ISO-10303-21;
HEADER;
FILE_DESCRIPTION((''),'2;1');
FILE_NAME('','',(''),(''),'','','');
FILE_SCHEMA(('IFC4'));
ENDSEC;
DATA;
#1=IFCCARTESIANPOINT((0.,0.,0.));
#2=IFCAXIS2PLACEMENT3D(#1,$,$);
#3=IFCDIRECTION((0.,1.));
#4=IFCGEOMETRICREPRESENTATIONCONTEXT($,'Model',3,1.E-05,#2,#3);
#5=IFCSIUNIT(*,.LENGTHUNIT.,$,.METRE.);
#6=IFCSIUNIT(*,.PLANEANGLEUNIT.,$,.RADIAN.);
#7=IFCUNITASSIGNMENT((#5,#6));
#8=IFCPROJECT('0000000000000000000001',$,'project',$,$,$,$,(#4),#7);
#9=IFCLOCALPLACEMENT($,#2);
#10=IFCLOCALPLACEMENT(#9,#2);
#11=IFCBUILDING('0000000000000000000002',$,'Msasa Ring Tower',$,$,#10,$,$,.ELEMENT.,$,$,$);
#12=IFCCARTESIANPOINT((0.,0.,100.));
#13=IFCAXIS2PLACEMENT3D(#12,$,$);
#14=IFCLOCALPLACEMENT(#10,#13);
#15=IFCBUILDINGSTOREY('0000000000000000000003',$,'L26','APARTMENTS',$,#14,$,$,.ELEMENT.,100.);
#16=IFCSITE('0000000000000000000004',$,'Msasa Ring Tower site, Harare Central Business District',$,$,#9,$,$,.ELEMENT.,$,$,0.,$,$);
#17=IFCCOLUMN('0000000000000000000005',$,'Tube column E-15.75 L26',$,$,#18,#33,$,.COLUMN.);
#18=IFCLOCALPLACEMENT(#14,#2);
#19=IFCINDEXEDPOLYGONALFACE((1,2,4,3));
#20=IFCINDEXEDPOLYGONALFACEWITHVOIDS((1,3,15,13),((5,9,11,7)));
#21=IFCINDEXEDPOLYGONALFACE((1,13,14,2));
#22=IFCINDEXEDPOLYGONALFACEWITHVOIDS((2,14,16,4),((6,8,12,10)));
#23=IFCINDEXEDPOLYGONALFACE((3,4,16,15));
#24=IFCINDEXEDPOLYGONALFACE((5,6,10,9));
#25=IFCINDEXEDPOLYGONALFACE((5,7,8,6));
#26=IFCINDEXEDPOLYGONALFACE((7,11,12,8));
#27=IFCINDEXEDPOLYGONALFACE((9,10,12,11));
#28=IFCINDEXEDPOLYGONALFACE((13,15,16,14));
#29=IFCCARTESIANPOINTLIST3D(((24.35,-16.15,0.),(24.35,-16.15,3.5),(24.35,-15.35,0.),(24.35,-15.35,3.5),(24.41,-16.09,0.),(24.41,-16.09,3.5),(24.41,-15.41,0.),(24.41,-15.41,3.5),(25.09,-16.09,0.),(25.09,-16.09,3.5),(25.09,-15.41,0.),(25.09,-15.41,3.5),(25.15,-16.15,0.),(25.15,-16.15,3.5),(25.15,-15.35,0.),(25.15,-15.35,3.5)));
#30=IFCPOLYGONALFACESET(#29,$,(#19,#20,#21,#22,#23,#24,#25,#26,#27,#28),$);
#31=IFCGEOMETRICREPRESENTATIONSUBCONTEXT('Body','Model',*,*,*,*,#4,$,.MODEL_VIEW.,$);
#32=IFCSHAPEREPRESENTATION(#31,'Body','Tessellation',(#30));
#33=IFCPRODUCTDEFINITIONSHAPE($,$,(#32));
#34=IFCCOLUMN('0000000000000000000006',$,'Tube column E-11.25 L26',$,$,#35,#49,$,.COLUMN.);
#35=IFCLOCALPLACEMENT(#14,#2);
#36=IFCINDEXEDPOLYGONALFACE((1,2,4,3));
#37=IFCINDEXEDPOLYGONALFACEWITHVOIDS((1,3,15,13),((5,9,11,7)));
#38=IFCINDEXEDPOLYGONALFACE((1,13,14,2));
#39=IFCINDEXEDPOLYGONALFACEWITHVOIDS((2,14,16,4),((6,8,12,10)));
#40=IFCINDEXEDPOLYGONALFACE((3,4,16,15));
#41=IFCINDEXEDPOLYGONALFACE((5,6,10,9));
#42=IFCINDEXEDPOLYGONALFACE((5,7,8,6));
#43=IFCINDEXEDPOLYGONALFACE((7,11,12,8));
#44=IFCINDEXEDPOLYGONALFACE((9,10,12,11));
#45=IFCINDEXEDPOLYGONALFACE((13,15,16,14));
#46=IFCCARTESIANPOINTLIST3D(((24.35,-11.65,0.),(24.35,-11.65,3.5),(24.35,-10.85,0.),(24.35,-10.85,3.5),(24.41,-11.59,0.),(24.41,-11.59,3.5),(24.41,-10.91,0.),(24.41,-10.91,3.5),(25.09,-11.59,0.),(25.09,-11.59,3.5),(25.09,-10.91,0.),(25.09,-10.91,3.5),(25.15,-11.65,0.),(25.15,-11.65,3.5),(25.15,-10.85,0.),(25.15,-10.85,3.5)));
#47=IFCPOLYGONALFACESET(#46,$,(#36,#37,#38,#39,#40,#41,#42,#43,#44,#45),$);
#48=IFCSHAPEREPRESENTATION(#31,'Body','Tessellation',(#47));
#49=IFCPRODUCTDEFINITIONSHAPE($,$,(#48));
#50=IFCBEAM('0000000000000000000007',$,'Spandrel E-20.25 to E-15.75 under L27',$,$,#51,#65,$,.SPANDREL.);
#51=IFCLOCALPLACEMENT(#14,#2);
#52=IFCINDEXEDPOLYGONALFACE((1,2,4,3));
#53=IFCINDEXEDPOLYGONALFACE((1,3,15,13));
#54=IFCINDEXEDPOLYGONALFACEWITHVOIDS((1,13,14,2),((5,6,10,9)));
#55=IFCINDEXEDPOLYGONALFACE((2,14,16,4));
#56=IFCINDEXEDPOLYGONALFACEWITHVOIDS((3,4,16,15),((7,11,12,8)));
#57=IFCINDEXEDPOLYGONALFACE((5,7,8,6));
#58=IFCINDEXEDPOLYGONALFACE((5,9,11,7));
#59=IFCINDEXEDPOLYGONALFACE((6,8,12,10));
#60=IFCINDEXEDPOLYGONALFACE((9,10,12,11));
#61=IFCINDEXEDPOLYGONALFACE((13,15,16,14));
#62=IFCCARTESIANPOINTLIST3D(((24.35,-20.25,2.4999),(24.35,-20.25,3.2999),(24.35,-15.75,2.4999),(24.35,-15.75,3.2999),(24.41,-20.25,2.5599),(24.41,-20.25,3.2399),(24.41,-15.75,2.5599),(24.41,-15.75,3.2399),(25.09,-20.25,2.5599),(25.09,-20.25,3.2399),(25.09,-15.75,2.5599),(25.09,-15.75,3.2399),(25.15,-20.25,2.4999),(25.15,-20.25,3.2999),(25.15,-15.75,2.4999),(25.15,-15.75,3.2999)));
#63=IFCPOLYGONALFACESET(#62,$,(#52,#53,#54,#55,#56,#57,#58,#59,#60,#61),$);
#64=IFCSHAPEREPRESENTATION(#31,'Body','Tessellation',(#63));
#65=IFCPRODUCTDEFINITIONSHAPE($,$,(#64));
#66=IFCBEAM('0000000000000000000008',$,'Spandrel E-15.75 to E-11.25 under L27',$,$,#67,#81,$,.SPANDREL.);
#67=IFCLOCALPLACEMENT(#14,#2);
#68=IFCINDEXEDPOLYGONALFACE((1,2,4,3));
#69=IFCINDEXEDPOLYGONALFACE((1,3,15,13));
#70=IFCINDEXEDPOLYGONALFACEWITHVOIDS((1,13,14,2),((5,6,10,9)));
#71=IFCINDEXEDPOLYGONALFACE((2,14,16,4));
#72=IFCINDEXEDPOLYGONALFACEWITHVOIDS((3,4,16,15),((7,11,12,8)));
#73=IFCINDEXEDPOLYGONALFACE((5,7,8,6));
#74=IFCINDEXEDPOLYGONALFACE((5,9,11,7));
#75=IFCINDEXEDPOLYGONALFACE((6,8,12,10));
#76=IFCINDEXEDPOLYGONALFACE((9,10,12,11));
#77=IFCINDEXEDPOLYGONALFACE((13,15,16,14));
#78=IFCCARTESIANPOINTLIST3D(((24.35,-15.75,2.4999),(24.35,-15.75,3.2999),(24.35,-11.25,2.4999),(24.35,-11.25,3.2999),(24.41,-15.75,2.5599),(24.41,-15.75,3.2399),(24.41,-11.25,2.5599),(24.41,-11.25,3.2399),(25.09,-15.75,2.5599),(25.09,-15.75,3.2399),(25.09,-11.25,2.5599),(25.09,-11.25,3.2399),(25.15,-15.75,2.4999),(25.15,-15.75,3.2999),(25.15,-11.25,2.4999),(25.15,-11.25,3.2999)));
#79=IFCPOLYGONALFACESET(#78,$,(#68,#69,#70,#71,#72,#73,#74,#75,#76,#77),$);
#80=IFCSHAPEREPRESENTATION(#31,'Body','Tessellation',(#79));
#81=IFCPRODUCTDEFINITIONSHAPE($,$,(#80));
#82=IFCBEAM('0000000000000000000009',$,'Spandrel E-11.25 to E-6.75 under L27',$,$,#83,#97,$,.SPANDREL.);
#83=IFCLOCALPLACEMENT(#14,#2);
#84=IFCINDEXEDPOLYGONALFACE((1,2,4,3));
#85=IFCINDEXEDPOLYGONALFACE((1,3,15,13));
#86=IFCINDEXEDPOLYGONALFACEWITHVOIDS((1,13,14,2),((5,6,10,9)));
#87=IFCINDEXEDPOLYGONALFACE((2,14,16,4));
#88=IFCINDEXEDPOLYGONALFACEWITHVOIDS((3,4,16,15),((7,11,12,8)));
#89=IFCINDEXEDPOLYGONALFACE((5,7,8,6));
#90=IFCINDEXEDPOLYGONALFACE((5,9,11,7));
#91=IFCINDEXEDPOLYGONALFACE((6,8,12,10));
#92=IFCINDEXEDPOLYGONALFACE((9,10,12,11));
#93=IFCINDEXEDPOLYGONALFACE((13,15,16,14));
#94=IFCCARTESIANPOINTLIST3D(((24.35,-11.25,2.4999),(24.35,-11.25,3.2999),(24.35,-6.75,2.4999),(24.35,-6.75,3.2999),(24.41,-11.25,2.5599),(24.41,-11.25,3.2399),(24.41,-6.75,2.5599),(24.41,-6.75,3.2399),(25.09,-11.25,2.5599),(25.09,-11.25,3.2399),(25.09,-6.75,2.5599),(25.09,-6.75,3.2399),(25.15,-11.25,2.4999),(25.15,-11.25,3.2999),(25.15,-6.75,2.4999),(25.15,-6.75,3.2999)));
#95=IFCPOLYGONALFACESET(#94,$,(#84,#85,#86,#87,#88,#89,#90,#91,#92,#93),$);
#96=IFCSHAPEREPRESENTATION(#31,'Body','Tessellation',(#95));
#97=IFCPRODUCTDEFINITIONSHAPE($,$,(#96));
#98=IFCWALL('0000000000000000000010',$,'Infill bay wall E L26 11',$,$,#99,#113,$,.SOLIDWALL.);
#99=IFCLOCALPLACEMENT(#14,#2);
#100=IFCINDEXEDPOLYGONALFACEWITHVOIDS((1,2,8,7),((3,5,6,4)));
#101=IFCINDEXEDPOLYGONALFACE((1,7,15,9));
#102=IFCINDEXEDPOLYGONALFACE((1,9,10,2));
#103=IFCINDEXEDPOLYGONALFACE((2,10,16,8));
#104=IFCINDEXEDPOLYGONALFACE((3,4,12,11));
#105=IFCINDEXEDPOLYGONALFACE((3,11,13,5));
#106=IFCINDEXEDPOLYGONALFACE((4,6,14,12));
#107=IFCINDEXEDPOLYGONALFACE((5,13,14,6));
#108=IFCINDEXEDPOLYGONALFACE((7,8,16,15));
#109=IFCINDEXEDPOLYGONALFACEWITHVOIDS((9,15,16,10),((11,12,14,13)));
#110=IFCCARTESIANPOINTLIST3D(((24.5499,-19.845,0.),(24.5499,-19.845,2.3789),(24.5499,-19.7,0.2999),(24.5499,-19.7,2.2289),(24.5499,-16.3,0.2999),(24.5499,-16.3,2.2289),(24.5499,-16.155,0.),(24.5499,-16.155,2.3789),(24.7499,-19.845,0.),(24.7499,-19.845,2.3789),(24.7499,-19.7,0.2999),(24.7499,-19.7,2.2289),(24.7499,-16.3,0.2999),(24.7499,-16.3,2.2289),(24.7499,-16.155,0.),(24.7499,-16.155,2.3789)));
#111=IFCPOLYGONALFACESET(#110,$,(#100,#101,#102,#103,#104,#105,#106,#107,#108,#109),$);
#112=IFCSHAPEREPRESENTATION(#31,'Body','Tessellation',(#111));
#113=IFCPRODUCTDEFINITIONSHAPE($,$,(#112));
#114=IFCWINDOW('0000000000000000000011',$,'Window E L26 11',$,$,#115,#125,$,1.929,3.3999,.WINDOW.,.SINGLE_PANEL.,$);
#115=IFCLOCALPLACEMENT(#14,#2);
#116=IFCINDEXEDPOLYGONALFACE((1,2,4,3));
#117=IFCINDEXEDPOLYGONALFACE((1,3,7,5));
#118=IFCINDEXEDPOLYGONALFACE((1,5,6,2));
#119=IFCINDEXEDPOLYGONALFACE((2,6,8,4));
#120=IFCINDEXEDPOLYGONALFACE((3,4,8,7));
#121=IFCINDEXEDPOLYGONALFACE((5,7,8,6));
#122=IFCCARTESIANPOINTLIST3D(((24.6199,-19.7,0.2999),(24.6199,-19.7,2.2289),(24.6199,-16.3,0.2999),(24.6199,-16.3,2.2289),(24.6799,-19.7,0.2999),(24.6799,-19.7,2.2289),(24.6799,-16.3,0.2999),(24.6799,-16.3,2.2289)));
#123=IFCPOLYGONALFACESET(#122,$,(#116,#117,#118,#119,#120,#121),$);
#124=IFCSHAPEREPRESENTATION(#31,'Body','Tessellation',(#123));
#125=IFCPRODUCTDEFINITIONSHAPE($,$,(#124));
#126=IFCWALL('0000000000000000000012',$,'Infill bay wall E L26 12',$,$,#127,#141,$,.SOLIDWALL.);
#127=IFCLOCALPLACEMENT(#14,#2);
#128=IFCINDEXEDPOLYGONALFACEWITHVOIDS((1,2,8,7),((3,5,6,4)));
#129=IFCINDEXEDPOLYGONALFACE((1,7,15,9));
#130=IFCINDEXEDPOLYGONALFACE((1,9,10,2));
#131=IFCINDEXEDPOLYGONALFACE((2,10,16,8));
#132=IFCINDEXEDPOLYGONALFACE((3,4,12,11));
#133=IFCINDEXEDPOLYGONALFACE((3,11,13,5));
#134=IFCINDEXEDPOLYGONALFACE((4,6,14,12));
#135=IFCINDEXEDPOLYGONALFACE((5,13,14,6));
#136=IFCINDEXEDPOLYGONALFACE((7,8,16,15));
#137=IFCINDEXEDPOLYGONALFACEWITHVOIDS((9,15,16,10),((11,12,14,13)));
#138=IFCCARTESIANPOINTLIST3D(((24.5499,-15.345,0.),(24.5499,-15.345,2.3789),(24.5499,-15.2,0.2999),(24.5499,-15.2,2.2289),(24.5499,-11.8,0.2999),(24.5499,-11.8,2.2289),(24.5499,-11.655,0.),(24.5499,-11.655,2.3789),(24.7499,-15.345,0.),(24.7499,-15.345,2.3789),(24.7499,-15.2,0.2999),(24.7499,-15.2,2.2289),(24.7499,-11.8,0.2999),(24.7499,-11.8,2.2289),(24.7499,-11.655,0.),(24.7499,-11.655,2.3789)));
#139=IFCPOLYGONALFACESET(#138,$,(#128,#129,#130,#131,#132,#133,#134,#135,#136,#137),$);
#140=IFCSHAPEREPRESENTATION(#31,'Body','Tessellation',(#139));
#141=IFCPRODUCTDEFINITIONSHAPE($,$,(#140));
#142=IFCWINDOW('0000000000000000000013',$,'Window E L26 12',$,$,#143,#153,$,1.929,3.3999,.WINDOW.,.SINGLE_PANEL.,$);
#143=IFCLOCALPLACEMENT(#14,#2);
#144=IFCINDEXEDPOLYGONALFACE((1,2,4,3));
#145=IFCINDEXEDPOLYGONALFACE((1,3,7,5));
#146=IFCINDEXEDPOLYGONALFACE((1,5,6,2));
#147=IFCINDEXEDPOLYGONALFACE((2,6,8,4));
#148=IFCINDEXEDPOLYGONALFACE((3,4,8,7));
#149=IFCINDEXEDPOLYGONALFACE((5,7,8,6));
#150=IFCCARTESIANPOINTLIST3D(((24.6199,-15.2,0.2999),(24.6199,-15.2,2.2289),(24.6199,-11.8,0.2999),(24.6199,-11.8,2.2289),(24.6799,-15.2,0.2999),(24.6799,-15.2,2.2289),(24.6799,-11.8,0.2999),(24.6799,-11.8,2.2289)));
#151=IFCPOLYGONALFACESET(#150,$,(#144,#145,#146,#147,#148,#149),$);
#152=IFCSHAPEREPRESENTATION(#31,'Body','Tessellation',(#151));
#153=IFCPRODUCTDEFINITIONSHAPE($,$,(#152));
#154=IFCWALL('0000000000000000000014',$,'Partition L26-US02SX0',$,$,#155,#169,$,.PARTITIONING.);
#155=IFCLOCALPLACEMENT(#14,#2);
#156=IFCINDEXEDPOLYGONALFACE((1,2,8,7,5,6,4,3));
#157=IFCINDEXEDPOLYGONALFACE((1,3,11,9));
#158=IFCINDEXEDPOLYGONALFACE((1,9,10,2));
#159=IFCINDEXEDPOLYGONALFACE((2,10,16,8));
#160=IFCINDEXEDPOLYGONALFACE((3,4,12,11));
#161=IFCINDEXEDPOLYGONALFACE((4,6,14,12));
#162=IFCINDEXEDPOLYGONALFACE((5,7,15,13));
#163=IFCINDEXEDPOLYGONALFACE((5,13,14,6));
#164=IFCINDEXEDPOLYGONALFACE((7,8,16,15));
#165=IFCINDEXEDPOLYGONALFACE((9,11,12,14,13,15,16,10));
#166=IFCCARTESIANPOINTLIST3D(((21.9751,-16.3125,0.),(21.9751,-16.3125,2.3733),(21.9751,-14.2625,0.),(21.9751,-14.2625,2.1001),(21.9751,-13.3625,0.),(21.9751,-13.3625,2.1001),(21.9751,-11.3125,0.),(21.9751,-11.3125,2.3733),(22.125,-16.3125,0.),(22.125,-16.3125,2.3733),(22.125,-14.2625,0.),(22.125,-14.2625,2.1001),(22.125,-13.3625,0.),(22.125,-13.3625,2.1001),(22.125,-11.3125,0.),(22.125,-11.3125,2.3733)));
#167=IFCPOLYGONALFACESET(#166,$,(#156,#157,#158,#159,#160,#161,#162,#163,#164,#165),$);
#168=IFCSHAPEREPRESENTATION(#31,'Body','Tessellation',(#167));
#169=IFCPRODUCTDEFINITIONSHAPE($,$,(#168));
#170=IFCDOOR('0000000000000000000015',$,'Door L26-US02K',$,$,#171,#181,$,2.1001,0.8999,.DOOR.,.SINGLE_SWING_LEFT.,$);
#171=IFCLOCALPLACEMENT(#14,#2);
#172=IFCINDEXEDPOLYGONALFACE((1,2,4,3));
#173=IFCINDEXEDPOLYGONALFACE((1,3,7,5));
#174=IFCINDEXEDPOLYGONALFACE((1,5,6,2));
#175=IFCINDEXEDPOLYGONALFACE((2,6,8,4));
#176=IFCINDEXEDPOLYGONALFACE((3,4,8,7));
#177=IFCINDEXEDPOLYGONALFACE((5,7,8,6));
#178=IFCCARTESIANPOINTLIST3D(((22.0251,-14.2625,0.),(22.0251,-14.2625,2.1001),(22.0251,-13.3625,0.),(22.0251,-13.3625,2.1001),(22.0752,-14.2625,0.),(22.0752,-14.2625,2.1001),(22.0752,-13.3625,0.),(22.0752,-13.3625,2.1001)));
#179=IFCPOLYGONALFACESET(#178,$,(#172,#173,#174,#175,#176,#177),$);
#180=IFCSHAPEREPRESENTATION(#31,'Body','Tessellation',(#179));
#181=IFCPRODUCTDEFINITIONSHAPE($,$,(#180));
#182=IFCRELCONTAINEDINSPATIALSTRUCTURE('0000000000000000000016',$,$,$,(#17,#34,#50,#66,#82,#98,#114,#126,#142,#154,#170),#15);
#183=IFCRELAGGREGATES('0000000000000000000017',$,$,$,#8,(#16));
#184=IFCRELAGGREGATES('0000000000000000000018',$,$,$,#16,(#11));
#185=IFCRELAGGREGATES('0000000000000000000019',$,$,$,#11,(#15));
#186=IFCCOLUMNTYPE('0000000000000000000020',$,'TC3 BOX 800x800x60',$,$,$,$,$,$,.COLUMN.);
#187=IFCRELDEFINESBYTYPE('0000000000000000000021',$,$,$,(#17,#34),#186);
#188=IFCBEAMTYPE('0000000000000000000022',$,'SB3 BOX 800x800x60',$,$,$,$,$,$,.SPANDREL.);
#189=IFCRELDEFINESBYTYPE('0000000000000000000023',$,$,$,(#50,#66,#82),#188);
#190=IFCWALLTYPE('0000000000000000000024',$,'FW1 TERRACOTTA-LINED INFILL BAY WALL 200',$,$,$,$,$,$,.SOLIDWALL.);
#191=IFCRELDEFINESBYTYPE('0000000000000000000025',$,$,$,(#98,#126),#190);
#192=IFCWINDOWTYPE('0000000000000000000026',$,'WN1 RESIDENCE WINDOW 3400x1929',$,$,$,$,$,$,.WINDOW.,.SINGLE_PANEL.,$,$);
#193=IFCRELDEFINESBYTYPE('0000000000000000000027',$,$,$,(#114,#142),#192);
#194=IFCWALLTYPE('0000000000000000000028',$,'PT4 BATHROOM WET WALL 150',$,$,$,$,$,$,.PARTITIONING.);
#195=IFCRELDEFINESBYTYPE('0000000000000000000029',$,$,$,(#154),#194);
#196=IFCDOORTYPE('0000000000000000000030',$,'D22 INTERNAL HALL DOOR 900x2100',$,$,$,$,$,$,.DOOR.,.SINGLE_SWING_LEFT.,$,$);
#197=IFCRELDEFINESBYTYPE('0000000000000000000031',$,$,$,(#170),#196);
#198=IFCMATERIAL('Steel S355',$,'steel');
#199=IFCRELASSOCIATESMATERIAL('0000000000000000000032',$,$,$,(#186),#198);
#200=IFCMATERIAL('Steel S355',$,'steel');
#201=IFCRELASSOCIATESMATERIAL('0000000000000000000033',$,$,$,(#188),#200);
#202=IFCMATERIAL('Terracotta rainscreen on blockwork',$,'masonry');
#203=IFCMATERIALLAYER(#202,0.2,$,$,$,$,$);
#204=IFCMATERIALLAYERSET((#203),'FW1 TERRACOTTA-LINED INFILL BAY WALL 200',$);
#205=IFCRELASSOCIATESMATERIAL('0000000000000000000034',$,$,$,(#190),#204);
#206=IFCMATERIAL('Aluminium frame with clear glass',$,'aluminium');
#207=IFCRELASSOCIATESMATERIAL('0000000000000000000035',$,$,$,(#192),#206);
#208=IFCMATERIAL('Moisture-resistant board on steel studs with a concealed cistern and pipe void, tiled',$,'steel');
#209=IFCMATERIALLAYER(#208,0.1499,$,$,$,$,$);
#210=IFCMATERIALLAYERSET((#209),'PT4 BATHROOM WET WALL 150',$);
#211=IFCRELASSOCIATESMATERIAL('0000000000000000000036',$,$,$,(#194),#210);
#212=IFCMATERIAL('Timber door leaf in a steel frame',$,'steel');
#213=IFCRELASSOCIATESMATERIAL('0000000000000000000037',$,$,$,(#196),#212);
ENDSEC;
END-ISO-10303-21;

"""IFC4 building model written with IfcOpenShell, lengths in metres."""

from ifc_helpers import new_model, si_unit, direction, frame, frame_2d, origin, origin_2d, place, context, subcontext, project, spatial, rectangle, hollow_rectangle, extrude, material, layer, layer_set, material_profile, profile_set, type_object, element, fill, save


model = new_model("IFC4")

# Units and contexts
model_context = context("Model", 3, precision=1e-05, world=origin(), true_north=direction((0.0, 1.0)))
body_context = subcontext(model_context, "Body", "Model", "MODEL_VIEW")
ifc_project = project(units=[si_unit("LENGTHUNIT", "METRE"), si_unit("PLANEANGLEUNIT", "RADIAN")], contexts=[model_context])

# Site, building, storey
site_placement = place(None, origin())
site = spatial("IfcSite", under=ifc_project, at=site_placement, Name="Msasa Ring Tower site, Harare Central Business District", CompositionType="ELEMENT", RefElevation=0.0)
building_placement = place(site_placement, origin())
building = spatial("IfcBuilding", under=site, at=building_placement, Name="Msasa Ring Tower", CompositionType="ELEMENT")
storey_placement = place(building_placement, frame((0.0, 0.0, 100.0)))
storey = spatial("IfcBuildingStorey", under=building, at=storey_placement, Name="L26", Description="APARTMENTS", CompositionType="ELEMENT", Elevation=100.0)

# Columns
ifc_material_1 = material(Name="Steel S355", Category="steel")
ifc_material_profile_1 = material_profile(ifc_material_1, hollow_rectangle(XDim=0.8, YDim=0.8, WallThickness=0.0601, at=origin_2d()), Name="BOX 800x800x60")
ifc_profile_set_1 = profile_set([ifc_material_profile_1], Name="Steel S355")
column_type = type_object("IfcColumnType", Name="TC3 BOX 800x800x60", PredefinedType="COLUMN", material=ifc_profile_set_1)
for number, where, z_axis, x_axis, name in (
    (1, (24.75, -15.75, 0.0), (0.0, 0.0, 1.0), (1.0, 0.0, 0.0), "Tube column E-15.75 L26"),
    (2, (24.75, -11.25, 0.0), (0.0, 0.0, 1.0), (1.0, 0.0, 0.0), "Tube column E-11.25 L26"),
):
    element("IfcColumn", number, at=place(storey_placement, frame(where, z_axis=z_axis, x_axis=x_axis)), inside=storey, type_object=column_type, Name=name, PredefinedType="COLUMN", context=body_context, shape_type="SweptSolid", body=[
        extrude(hollow_rectangle(XDim=0.8, YDim=0.8, WallThickness=0.0601, at=origin_2d()), origin(), (0.0, 0.0, 1.0), 3.5),
    ])

# Beams
ifc_material_2 = material(Name="Steel S355", Category="steel")
ifc_material_profile_2 = material_profile(ifc_material_2, hollow_rectangle(XDim=0.8, YDim=0.8, WallThickness=0.0601, at=origin_2d()), Name="BOX 800x800x60")
ifc_profile_set_2 = profile_set([ifc_material_profile_2], Name="Steel S355")
beam_type = type_object("IfcBeamType", Name="SB3 BOX 800x800x60", PredefinedType="SPANDREL", material=ifc_profile_set_2)
for number, where, z_axis, x_axis, name in (
    (3, (24.75, -20.25, 2.8999), (0.0, 1.0, 0.0), (-1.0, 0.0, 0.0), "Spandrel E-20.25 to E-15.75 under L27"),
    (4, (24.75, -15.75, 2.8999), (0.0, 1.0, 0.0), (-1.0, 0.0, 0.0), "Spandrel E-15.75 to E-11.25 under L27"),
    (5, (24.75, -11.25, 2.8999), (0.0, 1.0, 0.0), (-1.0, 0.0, 0.0), "Spandrel E-11.25 to E-6.75 under L27"),
):
    element("IfcBeam", number, at=place(storey_placement, frame(where, z_axis=z_axis, x_axis=x_axis)), inside=storey, type_object=beam_type, Name=name, PredefinedType="SPANDREL", context=body_context, shape_type="SweptSolid", body=[
        extrude(hollow_rectangle(XDim=0.8, YDim=0.8, WallThickness=0.0601, at=origin_2d()), origin(), (0.0, 0.0, 1.0), 4.5),
    ])

# Walls, openings, windows
ifc_material_3 = material(Name="Terracotta rainscreen on blockwork", Category="masonry")
ifc_layer_1 = layer(ifc_material_3, 0.2)
ifc_layer_set_1 = layer_set([ifc_layer_1], Name="FW1 TERRACOTTA-LINED INFILL BAY WALL 200")
wall_type_1 = type_object("IfcWallType", Name="FW1 TERRACOTTA-LINED INFILL BAY WALL 200", PredefinedType="SOLIDWALL", material=ifc_layer_set_1)
wall_1_placement = place(storey_placement, frame((24.6499, -19.845, 0.0), z_axis=(0.0, 0.0, 1.0), x_axis=(0.0, 1.0, 0.0)))
wall_1 = element("IfcWall", 6, at=wall_1_placement, inside=storey, type_object=wall_type_1, Name="Infill bay wall E L26 11", PredefinedType="SOLIDWALL", context=body_context, shape_type="SweptSolid", body=[
    extrude(rectangle(XDim=3.6899, YDim=0.2, at=frame_2d((1.845, 0.0))), origin(), (0.0, 0.0, 1.0), 2.3789),
])
opening_1_placement = place(wall_1_placement, frame((0.145, 0.0, 0.3)))
opening_1 = element("IfcOpeningElement", 7, at=opening_1_placement, cuts=wall_1, PredefinedType="OPENING", context=body_context, shape_type="SweptSolid", body=[
    extrude(rectangle(XDim=3.3999, YDim=1.929, at=frame_2d((1.7, 0.9644))), frame((0.0, 0.1099, 0.0), z_axis=(0.0, -1.0, 0.0), x_axis=(1.0, 0.0, 0.0)), (0.0, 0.0, 1.0), 0.22),
])
ifc_material_4 = material(Name="Aluminium frame with clear glass", Category="aluminium")
window_type = type_object("IfcWindowType", Name="WN1 RESIDENCE WINDOW 3400x1929", PartitioningType="SINGLE_PANEL", PredefinedType="WINDOW", material=ifc_material_4)
window_1_placement = place(opening_1_placement, origin())
window_1 = element("IfcWindow", 8, at=window_1_placement, inside=storey, type_object=window_type, Name="Window E L26 11", OverallHeight=1.929, OverallWidth=3.3999, PartitioningType="SINGLE_PANEL", PredefinedType="WINDOW", context=body_context, shape_type="SweptSolid", body=[
    extrude(rectangle(XDim=3.3999, YDim=1.929, at=frame_2d((1.7, 0.9644))), frame((0.0, 0.03, 0.0), z_axis=(0.0, -1.0, 0.0), x_axis=(1.0, 0.0, 0.0)), (0.0, 0.0, 1.0), 0.0601),
])
fill(opening_1, window_1)
wall_2_placement = place(storey_placement, frame((24.6499, -15.345, 0.0), z_axis=(0.0, 0.0, 1.0), x_axis=(0.0, 1.0, 0.0)))
wall_2 = element("IfcWall", 9, at=wall_2_placement, inside=storey, type_object=wall_type_1, Name="Infill bay wall E L26 12", PredefinedType="SOLIDWALL", context=body_context, shape_type="SweptSolid", body=[
    extrude(rectangle(XDim=3.6899, YDim=0.2, at=frame_2d((1.845, 0.0))), origin(), (0.0, 0.0, 1.0), 2.3789),
])
opening_2_placement = place(wall_2_placement, frame((0.145, 0.0, 0.3)))
opening_2 = element("IfcOpeningElement", 10, at=opening_2_placement, cuts=wall_2, PredefinedType="OPENING", context=body_context, shape_type="SweptSolid", body=[
    extrude(rectangle(XDim=3.3999, YDim=1.929, at=frame_2d((1.7, 0.9644))), frame((0.0, 0.1099, 0.0), z_axis=(0.0, -1.0, 0.0), x_axis=(1.0, 0.0, 0.0)), (0.0, 0.0, 1.0), 0.22),
])
window_2_placement = place(opening_2_placement, origin())
window_2 = element("IfcWindow", 11, at=window_2_placement, inside=storey, type_object=window_type, Name="Window E L26 12", OverallHeight=1.929, OverallWidth=3.3999, PartitioningType="SINGLE_PANEL", PredefinedType="WINDOW", context=body_context, shape_type="SweptSolid", body=[
    extrude(rectangle(XDim=3.3999, YDim=1.929, at=frame_2d((1.7, 0.9644))), frame((0.0, 0.03, 0.0), z_axis=(0.0, -1.0, 0.0), x_axis=(1.0, 0.0, 0.0)), (0.0, 0.0, 1.0), 0.0601),
])
fill(opening_2, window_2)

# Wall, opening, door
ifc_material_5 = material(Name="Moisture-resistant board on steel studs with a concealed cistern and pipe void, tiled", Category="steel")
ifc_layer_2 = layer(ifc_material_5, 0.1499)
ifc_layer_set_2 = layer_set([ifc_layer_2], Name="PT4 BATHROOM WET WALL 150")
wall_type_2 = type_object("IfcWallType", Name="PT4 BATHROOM WET WALL 150", PredefinedType="PARTITIONING", material=ifc_layer_set_2)
wall_3_placement = place(storey_placement, frame((22.05, -16.3125, 0.0), z_axis=(0.0, 0.0, 1.0), x_axis=(0.0, 1.0, 0.0)))
wall_3 = element("IfcWall", 12, at=wall_3_placement, inside=storey, type_object=wall_type_2, Name="Partition L26-US02SX0", PredefinedType="PARTITIONING", context=body_context, shape_type="SweptSolid", body=[
    extrude(rectangle(XDim=5.0, YDim=0.1499, at=frame_2d((2.5, 0.0))), origin(), (0.0, 0.0, 1.0), 2.3733),
])
opening_3_placement = place(wall_3_placement, frame((2.05, 0.0, 0.0)))
opening_3 = element("IfcOpeningElement", 13, at=opening_3_placement, cuts=wall_3, PredefinedType="OPENING", context=body_context, shape_type="SweptSolid", body=[
    extrude(rectangle(XDim=0.8999, YDim=2.1001, at=frame_2d((0.45, 1.05))), frame((0.0, 0.085, 0.0), z_axis=(0.0, -1.0, 0.0), x_axis=(1.0, 0.0, 0.0)), (0.0, 0.0, 1.0), 0.1699),
])
ifc_material_6 = material(Name="Timber door leaf in a steel frame", Category="steel")
door_type_1 = type_object("IfcDoorType", Name="D22 INTERNAL HALL DOOR 900x2100", OperationType="SINGLE_SWING_LEFT", PredefinedType="DOOR", material=ifc_material_6)
door_1_placement = place(opening_3_placement, origin())
door_1 = element("IfcDoor", 14, at=door_1_placement, inside=storey, type_object=door_type_1, Name="Door L26-US02K", OperationType="SINGLE_SWING_LEFT", OverallHeight=2.1001, OverallWidth=0.8999, PredefinedType="DOOR", context=body_context, shape_type="SweptSolid", body=[
    extrude(rectangle(XDim=0.8999, YDim=2.1001, at=frame_2d((0.45, 1.05))), frame((0.0, 0.0249, 0.0), z_axis=(0.0, -1.0, 0.0), x_axis=(1.0, 0.0, 0.0)), (0.0, 0.0, 1.0), 0.05),
])
fill(opening_3, door_1)

save(model, "model.ifc")
